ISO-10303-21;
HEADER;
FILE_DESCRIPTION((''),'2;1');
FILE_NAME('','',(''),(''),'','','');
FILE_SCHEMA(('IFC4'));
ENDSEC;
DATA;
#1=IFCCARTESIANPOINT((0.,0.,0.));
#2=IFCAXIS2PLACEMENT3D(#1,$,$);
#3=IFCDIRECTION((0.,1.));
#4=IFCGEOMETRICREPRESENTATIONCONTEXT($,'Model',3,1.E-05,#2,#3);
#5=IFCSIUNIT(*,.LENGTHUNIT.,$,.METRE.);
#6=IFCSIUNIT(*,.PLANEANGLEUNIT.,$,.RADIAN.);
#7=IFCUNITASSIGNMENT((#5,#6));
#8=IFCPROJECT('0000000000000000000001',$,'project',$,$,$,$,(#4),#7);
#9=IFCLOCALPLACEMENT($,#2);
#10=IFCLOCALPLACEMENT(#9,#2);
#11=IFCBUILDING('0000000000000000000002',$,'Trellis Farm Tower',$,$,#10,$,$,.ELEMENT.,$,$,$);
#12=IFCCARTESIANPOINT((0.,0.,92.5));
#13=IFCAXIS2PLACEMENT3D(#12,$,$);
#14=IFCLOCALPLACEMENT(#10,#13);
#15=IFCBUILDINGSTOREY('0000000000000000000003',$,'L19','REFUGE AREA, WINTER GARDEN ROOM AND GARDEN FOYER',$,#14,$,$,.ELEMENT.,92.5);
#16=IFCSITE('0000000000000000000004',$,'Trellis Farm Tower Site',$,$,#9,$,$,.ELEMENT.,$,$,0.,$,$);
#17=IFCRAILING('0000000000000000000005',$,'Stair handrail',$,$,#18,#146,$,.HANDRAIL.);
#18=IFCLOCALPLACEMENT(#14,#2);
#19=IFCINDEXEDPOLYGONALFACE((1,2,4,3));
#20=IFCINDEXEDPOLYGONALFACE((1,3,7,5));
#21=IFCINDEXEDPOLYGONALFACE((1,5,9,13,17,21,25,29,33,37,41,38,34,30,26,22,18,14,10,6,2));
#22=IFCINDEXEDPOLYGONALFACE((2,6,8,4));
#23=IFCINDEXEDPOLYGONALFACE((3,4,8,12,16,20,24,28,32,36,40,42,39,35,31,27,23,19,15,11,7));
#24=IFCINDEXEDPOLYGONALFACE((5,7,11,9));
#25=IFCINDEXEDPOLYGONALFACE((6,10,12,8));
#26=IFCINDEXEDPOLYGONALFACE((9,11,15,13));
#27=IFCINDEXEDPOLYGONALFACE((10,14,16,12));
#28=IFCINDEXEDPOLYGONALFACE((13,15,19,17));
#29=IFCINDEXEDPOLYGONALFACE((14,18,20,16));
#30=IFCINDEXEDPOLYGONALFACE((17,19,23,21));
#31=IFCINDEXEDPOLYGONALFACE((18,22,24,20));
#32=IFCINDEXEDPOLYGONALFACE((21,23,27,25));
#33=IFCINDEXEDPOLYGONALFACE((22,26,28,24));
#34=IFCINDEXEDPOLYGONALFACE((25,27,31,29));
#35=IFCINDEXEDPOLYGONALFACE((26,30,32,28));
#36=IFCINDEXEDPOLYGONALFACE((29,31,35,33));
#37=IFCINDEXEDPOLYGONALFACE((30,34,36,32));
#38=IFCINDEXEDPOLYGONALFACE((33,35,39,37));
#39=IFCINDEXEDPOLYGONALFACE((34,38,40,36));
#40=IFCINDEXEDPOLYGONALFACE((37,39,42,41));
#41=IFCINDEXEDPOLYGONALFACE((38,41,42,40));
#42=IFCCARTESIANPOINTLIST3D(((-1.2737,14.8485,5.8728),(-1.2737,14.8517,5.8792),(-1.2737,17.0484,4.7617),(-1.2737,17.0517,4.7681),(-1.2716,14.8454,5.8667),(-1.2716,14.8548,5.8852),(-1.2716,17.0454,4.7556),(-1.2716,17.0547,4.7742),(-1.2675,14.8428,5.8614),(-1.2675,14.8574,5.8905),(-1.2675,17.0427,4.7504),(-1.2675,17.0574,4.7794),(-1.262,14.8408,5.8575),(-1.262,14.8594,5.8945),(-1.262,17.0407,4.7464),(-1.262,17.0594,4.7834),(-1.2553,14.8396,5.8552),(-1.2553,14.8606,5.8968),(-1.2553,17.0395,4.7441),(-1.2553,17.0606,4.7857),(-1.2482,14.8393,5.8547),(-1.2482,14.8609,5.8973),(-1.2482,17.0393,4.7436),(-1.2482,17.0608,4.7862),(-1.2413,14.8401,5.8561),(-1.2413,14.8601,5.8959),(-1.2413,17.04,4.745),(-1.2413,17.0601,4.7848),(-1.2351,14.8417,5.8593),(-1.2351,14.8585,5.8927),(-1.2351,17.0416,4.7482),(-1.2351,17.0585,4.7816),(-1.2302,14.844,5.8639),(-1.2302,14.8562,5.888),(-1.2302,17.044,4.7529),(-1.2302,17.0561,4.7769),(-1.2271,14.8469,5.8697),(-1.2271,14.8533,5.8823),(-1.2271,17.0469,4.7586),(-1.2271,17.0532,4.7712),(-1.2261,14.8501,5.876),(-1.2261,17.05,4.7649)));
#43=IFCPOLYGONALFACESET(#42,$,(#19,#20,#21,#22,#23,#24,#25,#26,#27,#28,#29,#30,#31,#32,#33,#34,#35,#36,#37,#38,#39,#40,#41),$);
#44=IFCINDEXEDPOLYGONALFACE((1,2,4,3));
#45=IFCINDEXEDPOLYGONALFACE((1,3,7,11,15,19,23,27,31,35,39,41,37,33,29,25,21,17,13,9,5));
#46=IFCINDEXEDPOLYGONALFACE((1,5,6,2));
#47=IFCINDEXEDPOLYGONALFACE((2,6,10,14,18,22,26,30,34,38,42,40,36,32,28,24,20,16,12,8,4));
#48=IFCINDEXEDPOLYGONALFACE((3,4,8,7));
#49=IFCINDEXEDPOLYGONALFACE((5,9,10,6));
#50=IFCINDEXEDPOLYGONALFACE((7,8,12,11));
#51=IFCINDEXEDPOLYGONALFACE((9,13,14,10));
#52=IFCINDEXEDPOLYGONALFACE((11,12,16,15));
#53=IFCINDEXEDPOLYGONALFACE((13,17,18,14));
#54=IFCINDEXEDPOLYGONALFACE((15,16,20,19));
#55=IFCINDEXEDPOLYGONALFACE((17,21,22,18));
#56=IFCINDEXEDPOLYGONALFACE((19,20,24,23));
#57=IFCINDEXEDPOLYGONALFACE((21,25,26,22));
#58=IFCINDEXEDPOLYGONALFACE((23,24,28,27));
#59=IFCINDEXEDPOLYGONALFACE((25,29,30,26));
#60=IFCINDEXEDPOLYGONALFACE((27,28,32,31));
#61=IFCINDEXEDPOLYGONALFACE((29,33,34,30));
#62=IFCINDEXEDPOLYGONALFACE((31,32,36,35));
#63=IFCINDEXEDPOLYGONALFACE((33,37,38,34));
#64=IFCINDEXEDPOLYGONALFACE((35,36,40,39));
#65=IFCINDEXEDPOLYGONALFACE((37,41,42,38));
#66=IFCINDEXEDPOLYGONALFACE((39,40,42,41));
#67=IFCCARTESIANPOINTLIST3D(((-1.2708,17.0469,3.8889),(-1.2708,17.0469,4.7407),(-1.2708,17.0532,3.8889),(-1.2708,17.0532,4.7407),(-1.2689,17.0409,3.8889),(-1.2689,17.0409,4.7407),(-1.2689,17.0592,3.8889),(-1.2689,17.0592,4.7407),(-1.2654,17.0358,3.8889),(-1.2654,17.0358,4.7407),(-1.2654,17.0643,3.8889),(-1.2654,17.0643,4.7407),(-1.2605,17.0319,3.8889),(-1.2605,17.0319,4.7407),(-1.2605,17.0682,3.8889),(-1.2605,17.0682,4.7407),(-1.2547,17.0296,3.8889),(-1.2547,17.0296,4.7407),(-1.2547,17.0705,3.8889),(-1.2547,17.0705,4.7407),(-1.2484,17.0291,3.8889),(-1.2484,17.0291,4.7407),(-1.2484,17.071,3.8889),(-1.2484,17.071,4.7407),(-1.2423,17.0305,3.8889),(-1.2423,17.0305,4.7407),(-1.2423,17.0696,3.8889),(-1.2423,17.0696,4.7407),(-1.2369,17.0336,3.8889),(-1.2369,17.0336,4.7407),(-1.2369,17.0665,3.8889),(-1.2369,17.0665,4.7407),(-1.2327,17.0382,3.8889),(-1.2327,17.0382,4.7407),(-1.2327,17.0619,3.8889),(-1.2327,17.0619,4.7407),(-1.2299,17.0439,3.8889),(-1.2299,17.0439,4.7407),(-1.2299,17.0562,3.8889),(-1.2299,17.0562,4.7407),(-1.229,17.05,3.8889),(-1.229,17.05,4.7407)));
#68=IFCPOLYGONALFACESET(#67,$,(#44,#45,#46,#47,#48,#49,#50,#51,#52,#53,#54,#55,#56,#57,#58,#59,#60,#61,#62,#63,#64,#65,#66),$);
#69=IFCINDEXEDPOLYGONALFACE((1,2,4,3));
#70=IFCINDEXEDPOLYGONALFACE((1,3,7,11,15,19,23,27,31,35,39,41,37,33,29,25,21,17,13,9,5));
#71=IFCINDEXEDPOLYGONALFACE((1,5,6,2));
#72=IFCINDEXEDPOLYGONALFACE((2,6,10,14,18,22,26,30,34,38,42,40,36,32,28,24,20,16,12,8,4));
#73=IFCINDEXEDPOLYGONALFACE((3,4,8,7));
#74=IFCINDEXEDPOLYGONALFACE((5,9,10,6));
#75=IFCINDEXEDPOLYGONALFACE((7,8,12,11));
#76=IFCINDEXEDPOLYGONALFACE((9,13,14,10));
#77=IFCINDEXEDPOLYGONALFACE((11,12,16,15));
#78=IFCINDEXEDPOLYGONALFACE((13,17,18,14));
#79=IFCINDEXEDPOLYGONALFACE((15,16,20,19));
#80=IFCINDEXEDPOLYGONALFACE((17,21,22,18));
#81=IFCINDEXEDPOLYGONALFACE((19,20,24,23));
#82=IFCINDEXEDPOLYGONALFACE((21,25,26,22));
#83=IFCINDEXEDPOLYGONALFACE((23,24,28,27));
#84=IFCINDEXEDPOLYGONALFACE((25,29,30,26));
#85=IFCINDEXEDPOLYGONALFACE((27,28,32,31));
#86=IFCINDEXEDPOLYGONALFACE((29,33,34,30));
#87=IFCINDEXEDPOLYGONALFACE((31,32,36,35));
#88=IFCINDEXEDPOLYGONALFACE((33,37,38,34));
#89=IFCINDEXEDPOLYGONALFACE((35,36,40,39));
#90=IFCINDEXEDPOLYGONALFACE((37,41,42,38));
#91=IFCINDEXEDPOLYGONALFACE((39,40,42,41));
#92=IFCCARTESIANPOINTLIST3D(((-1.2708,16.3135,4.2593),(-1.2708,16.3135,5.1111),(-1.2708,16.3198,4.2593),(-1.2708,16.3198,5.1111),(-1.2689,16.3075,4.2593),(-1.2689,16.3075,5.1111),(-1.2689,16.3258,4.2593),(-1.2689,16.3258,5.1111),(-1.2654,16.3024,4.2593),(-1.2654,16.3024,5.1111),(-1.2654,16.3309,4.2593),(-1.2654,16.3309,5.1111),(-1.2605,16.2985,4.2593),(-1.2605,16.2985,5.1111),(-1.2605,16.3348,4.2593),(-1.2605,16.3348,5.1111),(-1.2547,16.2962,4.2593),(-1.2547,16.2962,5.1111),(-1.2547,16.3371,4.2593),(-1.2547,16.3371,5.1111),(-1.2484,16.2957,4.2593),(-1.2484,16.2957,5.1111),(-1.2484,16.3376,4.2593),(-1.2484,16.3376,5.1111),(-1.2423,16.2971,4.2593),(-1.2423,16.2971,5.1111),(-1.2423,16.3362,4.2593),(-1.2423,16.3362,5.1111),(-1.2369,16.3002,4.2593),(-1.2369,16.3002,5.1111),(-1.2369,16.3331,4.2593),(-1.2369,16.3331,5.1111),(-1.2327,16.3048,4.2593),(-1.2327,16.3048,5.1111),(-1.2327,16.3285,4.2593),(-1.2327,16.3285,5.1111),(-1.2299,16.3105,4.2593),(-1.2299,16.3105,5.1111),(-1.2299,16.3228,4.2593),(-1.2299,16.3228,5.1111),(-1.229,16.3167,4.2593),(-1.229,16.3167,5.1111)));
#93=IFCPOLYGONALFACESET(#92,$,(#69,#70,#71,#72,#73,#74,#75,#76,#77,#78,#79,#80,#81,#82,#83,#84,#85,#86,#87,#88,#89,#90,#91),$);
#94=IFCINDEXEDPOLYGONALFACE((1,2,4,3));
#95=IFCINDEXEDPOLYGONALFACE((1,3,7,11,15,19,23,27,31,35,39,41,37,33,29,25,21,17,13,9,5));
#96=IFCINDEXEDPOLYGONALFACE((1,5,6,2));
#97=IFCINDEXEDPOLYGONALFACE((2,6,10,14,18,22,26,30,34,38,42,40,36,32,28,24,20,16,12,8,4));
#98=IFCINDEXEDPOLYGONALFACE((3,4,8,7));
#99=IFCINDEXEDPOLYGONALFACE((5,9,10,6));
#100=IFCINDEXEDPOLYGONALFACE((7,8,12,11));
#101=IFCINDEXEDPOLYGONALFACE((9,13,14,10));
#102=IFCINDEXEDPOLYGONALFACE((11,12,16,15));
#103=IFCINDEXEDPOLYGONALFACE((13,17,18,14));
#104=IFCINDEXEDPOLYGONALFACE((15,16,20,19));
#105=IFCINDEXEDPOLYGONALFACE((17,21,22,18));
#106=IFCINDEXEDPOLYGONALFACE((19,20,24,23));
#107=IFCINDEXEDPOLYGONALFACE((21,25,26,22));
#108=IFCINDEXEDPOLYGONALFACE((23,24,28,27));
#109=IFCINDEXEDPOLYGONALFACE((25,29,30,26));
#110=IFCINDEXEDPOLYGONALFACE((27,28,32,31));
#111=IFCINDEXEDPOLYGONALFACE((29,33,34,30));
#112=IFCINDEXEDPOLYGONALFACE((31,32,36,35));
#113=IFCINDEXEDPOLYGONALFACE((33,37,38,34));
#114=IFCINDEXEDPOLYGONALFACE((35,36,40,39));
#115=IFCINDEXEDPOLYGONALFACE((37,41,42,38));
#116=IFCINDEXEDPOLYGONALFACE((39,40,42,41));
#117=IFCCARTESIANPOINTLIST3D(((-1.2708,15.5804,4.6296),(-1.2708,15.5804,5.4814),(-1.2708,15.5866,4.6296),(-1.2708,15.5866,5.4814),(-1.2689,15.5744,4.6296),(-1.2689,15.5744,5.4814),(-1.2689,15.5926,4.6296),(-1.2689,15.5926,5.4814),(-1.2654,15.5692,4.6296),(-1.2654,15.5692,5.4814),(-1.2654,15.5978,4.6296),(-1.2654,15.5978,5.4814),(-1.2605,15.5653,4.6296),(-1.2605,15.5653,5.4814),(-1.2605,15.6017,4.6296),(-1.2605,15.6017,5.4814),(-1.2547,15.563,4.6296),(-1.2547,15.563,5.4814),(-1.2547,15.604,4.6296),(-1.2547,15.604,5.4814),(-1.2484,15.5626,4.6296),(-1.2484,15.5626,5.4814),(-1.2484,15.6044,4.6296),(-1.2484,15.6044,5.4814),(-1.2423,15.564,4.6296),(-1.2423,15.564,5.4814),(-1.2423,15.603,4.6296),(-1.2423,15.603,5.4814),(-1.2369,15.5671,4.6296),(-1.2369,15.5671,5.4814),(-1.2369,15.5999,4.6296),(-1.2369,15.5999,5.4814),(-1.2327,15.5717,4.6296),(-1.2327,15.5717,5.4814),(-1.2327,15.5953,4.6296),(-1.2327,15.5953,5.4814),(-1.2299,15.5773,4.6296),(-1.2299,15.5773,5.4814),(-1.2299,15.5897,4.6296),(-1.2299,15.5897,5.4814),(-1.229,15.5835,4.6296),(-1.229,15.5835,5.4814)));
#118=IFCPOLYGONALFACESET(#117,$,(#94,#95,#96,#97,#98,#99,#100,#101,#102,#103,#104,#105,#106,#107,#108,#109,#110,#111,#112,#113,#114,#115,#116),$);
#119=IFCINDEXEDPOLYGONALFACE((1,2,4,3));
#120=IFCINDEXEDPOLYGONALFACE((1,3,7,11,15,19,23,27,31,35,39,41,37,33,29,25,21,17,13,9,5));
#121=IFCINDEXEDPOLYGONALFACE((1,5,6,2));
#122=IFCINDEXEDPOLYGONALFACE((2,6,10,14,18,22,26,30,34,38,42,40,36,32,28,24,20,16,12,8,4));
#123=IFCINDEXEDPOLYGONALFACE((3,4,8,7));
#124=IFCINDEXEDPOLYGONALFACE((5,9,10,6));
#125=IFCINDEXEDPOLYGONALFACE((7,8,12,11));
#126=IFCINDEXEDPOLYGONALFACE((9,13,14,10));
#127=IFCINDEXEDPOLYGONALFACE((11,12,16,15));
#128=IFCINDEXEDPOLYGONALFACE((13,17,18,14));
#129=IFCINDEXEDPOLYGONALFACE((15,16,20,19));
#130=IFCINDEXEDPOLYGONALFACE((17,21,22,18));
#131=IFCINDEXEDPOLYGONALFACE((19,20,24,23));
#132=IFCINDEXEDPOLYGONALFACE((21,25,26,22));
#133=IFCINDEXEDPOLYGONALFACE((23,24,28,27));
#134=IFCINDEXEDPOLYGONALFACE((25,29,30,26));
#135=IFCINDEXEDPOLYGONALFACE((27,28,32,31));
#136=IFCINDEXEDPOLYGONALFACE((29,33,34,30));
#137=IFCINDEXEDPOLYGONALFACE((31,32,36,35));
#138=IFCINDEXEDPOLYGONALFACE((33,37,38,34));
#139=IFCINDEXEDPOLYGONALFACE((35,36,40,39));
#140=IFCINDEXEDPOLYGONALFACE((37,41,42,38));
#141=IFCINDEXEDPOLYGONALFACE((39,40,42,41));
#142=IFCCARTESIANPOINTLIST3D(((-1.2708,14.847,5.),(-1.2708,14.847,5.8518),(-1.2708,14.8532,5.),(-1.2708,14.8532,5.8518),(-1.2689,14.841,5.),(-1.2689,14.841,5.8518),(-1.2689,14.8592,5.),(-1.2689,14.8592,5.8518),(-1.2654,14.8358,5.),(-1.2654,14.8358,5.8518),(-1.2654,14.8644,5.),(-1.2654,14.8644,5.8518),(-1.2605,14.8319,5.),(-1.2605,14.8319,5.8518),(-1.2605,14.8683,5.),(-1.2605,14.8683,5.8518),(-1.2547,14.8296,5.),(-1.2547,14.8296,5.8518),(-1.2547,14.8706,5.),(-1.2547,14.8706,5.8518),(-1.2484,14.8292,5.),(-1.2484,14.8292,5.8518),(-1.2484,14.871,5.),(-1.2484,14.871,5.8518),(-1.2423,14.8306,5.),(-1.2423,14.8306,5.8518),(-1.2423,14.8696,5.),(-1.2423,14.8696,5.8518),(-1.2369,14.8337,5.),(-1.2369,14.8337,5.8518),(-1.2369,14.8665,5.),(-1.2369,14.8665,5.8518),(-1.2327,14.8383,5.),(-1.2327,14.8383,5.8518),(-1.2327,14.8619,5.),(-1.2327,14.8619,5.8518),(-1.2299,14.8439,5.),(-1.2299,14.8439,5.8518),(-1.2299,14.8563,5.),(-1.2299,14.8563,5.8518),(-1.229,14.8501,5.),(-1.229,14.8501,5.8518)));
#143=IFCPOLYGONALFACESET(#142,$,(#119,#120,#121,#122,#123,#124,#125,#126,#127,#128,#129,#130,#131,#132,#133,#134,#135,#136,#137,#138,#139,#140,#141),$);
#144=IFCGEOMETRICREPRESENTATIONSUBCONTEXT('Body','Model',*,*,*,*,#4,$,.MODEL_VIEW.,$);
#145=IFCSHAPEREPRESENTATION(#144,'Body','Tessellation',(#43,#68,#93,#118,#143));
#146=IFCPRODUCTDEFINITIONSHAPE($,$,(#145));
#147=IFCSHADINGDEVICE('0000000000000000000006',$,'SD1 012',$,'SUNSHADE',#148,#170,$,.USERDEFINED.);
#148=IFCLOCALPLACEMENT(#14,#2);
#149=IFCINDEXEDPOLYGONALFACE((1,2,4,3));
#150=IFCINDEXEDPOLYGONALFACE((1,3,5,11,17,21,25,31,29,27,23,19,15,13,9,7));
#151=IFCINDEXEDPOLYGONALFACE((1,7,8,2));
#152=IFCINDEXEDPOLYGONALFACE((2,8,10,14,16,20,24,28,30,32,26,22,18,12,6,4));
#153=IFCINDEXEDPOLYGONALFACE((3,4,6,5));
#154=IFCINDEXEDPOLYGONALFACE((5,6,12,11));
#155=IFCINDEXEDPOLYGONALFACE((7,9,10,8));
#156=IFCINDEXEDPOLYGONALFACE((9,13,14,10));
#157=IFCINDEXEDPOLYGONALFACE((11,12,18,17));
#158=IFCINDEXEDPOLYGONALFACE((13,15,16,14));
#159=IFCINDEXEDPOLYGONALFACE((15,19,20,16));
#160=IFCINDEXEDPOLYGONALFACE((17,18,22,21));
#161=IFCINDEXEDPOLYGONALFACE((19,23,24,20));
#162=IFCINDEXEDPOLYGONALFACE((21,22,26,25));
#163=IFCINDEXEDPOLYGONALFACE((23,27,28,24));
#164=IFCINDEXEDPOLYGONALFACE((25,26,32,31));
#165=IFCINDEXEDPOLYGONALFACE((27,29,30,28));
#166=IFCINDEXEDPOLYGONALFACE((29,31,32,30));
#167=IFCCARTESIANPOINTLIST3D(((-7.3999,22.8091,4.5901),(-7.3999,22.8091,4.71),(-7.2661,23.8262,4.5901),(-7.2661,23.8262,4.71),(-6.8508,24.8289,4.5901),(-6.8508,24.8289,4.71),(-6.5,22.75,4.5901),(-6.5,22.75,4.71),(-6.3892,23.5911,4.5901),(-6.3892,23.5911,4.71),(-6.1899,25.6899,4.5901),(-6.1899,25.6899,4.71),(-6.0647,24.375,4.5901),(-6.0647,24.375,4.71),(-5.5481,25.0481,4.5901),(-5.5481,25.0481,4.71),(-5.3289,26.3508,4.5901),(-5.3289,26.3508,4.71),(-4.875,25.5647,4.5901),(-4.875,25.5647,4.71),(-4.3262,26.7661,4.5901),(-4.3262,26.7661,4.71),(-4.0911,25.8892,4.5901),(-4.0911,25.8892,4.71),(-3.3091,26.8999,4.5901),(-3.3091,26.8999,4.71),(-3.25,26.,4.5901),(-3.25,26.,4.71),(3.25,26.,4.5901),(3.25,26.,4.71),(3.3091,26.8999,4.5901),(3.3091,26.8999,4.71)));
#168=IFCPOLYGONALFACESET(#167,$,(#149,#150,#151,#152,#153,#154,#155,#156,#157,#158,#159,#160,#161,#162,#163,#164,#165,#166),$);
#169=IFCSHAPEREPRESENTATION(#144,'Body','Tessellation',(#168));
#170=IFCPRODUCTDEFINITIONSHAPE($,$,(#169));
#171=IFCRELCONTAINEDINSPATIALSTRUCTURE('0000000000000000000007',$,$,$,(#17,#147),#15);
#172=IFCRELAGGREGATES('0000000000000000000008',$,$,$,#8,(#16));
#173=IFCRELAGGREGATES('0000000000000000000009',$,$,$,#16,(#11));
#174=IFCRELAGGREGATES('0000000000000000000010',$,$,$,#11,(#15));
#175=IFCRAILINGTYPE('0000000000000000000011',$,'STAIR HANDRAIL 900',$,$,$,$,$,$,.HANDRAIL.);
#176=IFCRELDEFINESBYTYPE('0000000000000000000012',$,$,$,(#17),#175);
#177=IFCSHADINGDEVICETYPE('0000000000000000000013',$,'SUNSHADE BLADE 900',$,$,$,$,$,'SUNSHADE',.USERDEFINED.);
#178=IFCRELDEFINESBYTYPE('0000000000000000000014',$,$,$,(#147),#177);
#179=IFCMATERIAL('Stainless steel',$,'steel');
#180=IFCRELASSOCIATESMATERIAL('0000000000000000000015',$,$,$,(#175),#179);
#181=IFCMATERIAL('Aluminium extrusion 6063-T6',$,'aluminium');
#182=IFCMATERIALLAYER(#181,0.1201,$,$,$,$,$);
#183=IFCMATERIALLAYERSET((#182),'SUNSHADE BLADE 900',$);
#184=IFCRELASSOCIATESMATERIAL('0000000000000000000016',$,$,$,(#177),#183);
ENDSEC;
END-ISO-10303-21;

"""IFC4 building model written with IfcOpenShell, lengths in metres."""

from ifc_helpers import new_model, si_unit, direction, frame, origin, origin_2d, place, context, subcontext, project, spatial, polyline, circle, outline, extrude, source, transform, mapped, material, layer, layer_set, type_object, element, save


model = new_model("IFC4")

# Units and contexts
model_context = context("Model", 3, precision=1e-05, world=origin(), true_north=direction((0.0, 1.0)))
body_context = subcontext(model_context, "Body", "Model", "MODEL_VIEW")
ifc_project = project(units=[si_unit("LENGTHUNIT", "METRE"), si_unit("PLANEANGLEUNIT", "RADIAN")], contexts=[model_context])

# Site, building, storey
site_placement = place(None, origin())
site = spatial("IfcSite", under=ifc_project, at=site_placement, Name="Trellis Farm Tower Site", CompositionType="ELEMENT", RefElevation=0.0)
building_placement = place(site_placement, origin())
building = spatial("IfcBuilding", under=site, at=building_placement, Name="Trellis Farm Tower", CompositionType="ELEMENT")
storey_placement = place(building_placement, frame((0.0, 0.0, 92.5)))
storey = spatial("IfcBuildingStorey", under=building, at=storey_placement, Name="L19", Description="REFUGE AREA, WINTER GARDEN ROOM AND GARDEN FOYER", CompositionType="ELEMENT", Elevation=92.5)

# Shared definitions
ifc_material_1 = material(Name="Aluminium extrusion 6063-T6", Category="aluminium")

# Railing
ifc_material_2 = material(Name="Stainless steel", Category="steel")
railing_type = type_object("IfcRailingType", Name="STAIR HANDRAIL 900", PredefinedType="HANDRAIL", material=ifc_material_2)
shared_shape_1 = source(origin(), body_context, "Body", "SweptSolid", [
    extrude(circle(Radius=0.0239, at=origin_2d()), frame((0.0, 0.0, 0.876), z_axis=(0.0, -0.892617, 0.450816), x_axis=(1.0, 0.0, 0.0)), (0.0, 0.0, 1.0), 2.4646),
    extrude(circle(Radius=0.021, at=origin_2d()), origin(), (0.0, 0.0, 1.0), 0.8518),
    extrude(circle(Radius=0.021, at=origin_2d()), frame((0.0, -0.7334, 0.3704)), (0.0, 0.0, 1.0), 0.8518),
    extrude(circle(Radius=0.021, at=origin_2d()), frame((0.0, -1.4666, 0.7407)), (0.0, 0.0, 1.0), 0.8518),
    extrude(circle(Radius=0.021, at=origin_2d()), frame((0.0, -2.2, 1.1111)), (0.0, 0.0, 1.0), 0.8518),
])
for number, where, name in (
    (1, (-1.25, 17.05, 3.8889), "Stair handrail"),
):
    element("IfcRailing", number, at=place(storey_placement, frame(where)), inside=storey, type_object=railing_type, Name=name, PredefinedType="HANDRAIL", context=body_context, shape_type="MappedRepresentation", body=[
        mapped(shared_shape_1, transform((0.0, 0.0, 0.0))),
    ])

# Shading device
ifc_layer_1 = layer(ifc_material_1, 0.1201)
ifc_layer_set_1 = layer_set([ifc_layer_1], Name="SUNSHADE BLADE 900")
shading_device_type = type_object("IfcShadingDeviceType", Name="SUNSHADE BLADE 900", ElementType="SUNSHADE", PredefinedType="USERDEFINED", material=ifc_layer_set_1)
shared_shape_2 = source(origin(), body_context, "Body", "SweptSolid", [
    extrude(outline(polyline([(3.3091, 26.8999), (-3.3091, 26.8999), (-4.3262, 26.7661), (-5.3289, 26.3508), (-6.1899, 25.6899), (-6.8508, 24.8289), (-7.2661, 23.8262), (-7.3999, 22.8091), (-6.5, 22.75), (-6.3892, 23.5911), (-6.0647, 24.375), (-5.5481, 25.0481), (-4.875, 25.5647), (-4.0911, 25.8892), (-3.25, 26.0), (3.25, 26.0), (3.3091, 26.8999)])), origin(), (0.0, 0.0, 1.0), 0.1199),
])
shading_device_placement = place(storey_placement, frame((0.0, 0.0, 4.5901)))
element("IfcShadingDevice", 2, at=shading_device_placement, inside=storey, type_object=shading_device_type, Name="SD1 012", ObjectType="SUNSHADE", PredefinedType="USERDEFINED", context=body_context, shape_type="MappedRepresentation", body=[
    mapped(shared_shape_2, transform((0.0, 0.0, 0.0))),
])

save(model, "model.ifc")
